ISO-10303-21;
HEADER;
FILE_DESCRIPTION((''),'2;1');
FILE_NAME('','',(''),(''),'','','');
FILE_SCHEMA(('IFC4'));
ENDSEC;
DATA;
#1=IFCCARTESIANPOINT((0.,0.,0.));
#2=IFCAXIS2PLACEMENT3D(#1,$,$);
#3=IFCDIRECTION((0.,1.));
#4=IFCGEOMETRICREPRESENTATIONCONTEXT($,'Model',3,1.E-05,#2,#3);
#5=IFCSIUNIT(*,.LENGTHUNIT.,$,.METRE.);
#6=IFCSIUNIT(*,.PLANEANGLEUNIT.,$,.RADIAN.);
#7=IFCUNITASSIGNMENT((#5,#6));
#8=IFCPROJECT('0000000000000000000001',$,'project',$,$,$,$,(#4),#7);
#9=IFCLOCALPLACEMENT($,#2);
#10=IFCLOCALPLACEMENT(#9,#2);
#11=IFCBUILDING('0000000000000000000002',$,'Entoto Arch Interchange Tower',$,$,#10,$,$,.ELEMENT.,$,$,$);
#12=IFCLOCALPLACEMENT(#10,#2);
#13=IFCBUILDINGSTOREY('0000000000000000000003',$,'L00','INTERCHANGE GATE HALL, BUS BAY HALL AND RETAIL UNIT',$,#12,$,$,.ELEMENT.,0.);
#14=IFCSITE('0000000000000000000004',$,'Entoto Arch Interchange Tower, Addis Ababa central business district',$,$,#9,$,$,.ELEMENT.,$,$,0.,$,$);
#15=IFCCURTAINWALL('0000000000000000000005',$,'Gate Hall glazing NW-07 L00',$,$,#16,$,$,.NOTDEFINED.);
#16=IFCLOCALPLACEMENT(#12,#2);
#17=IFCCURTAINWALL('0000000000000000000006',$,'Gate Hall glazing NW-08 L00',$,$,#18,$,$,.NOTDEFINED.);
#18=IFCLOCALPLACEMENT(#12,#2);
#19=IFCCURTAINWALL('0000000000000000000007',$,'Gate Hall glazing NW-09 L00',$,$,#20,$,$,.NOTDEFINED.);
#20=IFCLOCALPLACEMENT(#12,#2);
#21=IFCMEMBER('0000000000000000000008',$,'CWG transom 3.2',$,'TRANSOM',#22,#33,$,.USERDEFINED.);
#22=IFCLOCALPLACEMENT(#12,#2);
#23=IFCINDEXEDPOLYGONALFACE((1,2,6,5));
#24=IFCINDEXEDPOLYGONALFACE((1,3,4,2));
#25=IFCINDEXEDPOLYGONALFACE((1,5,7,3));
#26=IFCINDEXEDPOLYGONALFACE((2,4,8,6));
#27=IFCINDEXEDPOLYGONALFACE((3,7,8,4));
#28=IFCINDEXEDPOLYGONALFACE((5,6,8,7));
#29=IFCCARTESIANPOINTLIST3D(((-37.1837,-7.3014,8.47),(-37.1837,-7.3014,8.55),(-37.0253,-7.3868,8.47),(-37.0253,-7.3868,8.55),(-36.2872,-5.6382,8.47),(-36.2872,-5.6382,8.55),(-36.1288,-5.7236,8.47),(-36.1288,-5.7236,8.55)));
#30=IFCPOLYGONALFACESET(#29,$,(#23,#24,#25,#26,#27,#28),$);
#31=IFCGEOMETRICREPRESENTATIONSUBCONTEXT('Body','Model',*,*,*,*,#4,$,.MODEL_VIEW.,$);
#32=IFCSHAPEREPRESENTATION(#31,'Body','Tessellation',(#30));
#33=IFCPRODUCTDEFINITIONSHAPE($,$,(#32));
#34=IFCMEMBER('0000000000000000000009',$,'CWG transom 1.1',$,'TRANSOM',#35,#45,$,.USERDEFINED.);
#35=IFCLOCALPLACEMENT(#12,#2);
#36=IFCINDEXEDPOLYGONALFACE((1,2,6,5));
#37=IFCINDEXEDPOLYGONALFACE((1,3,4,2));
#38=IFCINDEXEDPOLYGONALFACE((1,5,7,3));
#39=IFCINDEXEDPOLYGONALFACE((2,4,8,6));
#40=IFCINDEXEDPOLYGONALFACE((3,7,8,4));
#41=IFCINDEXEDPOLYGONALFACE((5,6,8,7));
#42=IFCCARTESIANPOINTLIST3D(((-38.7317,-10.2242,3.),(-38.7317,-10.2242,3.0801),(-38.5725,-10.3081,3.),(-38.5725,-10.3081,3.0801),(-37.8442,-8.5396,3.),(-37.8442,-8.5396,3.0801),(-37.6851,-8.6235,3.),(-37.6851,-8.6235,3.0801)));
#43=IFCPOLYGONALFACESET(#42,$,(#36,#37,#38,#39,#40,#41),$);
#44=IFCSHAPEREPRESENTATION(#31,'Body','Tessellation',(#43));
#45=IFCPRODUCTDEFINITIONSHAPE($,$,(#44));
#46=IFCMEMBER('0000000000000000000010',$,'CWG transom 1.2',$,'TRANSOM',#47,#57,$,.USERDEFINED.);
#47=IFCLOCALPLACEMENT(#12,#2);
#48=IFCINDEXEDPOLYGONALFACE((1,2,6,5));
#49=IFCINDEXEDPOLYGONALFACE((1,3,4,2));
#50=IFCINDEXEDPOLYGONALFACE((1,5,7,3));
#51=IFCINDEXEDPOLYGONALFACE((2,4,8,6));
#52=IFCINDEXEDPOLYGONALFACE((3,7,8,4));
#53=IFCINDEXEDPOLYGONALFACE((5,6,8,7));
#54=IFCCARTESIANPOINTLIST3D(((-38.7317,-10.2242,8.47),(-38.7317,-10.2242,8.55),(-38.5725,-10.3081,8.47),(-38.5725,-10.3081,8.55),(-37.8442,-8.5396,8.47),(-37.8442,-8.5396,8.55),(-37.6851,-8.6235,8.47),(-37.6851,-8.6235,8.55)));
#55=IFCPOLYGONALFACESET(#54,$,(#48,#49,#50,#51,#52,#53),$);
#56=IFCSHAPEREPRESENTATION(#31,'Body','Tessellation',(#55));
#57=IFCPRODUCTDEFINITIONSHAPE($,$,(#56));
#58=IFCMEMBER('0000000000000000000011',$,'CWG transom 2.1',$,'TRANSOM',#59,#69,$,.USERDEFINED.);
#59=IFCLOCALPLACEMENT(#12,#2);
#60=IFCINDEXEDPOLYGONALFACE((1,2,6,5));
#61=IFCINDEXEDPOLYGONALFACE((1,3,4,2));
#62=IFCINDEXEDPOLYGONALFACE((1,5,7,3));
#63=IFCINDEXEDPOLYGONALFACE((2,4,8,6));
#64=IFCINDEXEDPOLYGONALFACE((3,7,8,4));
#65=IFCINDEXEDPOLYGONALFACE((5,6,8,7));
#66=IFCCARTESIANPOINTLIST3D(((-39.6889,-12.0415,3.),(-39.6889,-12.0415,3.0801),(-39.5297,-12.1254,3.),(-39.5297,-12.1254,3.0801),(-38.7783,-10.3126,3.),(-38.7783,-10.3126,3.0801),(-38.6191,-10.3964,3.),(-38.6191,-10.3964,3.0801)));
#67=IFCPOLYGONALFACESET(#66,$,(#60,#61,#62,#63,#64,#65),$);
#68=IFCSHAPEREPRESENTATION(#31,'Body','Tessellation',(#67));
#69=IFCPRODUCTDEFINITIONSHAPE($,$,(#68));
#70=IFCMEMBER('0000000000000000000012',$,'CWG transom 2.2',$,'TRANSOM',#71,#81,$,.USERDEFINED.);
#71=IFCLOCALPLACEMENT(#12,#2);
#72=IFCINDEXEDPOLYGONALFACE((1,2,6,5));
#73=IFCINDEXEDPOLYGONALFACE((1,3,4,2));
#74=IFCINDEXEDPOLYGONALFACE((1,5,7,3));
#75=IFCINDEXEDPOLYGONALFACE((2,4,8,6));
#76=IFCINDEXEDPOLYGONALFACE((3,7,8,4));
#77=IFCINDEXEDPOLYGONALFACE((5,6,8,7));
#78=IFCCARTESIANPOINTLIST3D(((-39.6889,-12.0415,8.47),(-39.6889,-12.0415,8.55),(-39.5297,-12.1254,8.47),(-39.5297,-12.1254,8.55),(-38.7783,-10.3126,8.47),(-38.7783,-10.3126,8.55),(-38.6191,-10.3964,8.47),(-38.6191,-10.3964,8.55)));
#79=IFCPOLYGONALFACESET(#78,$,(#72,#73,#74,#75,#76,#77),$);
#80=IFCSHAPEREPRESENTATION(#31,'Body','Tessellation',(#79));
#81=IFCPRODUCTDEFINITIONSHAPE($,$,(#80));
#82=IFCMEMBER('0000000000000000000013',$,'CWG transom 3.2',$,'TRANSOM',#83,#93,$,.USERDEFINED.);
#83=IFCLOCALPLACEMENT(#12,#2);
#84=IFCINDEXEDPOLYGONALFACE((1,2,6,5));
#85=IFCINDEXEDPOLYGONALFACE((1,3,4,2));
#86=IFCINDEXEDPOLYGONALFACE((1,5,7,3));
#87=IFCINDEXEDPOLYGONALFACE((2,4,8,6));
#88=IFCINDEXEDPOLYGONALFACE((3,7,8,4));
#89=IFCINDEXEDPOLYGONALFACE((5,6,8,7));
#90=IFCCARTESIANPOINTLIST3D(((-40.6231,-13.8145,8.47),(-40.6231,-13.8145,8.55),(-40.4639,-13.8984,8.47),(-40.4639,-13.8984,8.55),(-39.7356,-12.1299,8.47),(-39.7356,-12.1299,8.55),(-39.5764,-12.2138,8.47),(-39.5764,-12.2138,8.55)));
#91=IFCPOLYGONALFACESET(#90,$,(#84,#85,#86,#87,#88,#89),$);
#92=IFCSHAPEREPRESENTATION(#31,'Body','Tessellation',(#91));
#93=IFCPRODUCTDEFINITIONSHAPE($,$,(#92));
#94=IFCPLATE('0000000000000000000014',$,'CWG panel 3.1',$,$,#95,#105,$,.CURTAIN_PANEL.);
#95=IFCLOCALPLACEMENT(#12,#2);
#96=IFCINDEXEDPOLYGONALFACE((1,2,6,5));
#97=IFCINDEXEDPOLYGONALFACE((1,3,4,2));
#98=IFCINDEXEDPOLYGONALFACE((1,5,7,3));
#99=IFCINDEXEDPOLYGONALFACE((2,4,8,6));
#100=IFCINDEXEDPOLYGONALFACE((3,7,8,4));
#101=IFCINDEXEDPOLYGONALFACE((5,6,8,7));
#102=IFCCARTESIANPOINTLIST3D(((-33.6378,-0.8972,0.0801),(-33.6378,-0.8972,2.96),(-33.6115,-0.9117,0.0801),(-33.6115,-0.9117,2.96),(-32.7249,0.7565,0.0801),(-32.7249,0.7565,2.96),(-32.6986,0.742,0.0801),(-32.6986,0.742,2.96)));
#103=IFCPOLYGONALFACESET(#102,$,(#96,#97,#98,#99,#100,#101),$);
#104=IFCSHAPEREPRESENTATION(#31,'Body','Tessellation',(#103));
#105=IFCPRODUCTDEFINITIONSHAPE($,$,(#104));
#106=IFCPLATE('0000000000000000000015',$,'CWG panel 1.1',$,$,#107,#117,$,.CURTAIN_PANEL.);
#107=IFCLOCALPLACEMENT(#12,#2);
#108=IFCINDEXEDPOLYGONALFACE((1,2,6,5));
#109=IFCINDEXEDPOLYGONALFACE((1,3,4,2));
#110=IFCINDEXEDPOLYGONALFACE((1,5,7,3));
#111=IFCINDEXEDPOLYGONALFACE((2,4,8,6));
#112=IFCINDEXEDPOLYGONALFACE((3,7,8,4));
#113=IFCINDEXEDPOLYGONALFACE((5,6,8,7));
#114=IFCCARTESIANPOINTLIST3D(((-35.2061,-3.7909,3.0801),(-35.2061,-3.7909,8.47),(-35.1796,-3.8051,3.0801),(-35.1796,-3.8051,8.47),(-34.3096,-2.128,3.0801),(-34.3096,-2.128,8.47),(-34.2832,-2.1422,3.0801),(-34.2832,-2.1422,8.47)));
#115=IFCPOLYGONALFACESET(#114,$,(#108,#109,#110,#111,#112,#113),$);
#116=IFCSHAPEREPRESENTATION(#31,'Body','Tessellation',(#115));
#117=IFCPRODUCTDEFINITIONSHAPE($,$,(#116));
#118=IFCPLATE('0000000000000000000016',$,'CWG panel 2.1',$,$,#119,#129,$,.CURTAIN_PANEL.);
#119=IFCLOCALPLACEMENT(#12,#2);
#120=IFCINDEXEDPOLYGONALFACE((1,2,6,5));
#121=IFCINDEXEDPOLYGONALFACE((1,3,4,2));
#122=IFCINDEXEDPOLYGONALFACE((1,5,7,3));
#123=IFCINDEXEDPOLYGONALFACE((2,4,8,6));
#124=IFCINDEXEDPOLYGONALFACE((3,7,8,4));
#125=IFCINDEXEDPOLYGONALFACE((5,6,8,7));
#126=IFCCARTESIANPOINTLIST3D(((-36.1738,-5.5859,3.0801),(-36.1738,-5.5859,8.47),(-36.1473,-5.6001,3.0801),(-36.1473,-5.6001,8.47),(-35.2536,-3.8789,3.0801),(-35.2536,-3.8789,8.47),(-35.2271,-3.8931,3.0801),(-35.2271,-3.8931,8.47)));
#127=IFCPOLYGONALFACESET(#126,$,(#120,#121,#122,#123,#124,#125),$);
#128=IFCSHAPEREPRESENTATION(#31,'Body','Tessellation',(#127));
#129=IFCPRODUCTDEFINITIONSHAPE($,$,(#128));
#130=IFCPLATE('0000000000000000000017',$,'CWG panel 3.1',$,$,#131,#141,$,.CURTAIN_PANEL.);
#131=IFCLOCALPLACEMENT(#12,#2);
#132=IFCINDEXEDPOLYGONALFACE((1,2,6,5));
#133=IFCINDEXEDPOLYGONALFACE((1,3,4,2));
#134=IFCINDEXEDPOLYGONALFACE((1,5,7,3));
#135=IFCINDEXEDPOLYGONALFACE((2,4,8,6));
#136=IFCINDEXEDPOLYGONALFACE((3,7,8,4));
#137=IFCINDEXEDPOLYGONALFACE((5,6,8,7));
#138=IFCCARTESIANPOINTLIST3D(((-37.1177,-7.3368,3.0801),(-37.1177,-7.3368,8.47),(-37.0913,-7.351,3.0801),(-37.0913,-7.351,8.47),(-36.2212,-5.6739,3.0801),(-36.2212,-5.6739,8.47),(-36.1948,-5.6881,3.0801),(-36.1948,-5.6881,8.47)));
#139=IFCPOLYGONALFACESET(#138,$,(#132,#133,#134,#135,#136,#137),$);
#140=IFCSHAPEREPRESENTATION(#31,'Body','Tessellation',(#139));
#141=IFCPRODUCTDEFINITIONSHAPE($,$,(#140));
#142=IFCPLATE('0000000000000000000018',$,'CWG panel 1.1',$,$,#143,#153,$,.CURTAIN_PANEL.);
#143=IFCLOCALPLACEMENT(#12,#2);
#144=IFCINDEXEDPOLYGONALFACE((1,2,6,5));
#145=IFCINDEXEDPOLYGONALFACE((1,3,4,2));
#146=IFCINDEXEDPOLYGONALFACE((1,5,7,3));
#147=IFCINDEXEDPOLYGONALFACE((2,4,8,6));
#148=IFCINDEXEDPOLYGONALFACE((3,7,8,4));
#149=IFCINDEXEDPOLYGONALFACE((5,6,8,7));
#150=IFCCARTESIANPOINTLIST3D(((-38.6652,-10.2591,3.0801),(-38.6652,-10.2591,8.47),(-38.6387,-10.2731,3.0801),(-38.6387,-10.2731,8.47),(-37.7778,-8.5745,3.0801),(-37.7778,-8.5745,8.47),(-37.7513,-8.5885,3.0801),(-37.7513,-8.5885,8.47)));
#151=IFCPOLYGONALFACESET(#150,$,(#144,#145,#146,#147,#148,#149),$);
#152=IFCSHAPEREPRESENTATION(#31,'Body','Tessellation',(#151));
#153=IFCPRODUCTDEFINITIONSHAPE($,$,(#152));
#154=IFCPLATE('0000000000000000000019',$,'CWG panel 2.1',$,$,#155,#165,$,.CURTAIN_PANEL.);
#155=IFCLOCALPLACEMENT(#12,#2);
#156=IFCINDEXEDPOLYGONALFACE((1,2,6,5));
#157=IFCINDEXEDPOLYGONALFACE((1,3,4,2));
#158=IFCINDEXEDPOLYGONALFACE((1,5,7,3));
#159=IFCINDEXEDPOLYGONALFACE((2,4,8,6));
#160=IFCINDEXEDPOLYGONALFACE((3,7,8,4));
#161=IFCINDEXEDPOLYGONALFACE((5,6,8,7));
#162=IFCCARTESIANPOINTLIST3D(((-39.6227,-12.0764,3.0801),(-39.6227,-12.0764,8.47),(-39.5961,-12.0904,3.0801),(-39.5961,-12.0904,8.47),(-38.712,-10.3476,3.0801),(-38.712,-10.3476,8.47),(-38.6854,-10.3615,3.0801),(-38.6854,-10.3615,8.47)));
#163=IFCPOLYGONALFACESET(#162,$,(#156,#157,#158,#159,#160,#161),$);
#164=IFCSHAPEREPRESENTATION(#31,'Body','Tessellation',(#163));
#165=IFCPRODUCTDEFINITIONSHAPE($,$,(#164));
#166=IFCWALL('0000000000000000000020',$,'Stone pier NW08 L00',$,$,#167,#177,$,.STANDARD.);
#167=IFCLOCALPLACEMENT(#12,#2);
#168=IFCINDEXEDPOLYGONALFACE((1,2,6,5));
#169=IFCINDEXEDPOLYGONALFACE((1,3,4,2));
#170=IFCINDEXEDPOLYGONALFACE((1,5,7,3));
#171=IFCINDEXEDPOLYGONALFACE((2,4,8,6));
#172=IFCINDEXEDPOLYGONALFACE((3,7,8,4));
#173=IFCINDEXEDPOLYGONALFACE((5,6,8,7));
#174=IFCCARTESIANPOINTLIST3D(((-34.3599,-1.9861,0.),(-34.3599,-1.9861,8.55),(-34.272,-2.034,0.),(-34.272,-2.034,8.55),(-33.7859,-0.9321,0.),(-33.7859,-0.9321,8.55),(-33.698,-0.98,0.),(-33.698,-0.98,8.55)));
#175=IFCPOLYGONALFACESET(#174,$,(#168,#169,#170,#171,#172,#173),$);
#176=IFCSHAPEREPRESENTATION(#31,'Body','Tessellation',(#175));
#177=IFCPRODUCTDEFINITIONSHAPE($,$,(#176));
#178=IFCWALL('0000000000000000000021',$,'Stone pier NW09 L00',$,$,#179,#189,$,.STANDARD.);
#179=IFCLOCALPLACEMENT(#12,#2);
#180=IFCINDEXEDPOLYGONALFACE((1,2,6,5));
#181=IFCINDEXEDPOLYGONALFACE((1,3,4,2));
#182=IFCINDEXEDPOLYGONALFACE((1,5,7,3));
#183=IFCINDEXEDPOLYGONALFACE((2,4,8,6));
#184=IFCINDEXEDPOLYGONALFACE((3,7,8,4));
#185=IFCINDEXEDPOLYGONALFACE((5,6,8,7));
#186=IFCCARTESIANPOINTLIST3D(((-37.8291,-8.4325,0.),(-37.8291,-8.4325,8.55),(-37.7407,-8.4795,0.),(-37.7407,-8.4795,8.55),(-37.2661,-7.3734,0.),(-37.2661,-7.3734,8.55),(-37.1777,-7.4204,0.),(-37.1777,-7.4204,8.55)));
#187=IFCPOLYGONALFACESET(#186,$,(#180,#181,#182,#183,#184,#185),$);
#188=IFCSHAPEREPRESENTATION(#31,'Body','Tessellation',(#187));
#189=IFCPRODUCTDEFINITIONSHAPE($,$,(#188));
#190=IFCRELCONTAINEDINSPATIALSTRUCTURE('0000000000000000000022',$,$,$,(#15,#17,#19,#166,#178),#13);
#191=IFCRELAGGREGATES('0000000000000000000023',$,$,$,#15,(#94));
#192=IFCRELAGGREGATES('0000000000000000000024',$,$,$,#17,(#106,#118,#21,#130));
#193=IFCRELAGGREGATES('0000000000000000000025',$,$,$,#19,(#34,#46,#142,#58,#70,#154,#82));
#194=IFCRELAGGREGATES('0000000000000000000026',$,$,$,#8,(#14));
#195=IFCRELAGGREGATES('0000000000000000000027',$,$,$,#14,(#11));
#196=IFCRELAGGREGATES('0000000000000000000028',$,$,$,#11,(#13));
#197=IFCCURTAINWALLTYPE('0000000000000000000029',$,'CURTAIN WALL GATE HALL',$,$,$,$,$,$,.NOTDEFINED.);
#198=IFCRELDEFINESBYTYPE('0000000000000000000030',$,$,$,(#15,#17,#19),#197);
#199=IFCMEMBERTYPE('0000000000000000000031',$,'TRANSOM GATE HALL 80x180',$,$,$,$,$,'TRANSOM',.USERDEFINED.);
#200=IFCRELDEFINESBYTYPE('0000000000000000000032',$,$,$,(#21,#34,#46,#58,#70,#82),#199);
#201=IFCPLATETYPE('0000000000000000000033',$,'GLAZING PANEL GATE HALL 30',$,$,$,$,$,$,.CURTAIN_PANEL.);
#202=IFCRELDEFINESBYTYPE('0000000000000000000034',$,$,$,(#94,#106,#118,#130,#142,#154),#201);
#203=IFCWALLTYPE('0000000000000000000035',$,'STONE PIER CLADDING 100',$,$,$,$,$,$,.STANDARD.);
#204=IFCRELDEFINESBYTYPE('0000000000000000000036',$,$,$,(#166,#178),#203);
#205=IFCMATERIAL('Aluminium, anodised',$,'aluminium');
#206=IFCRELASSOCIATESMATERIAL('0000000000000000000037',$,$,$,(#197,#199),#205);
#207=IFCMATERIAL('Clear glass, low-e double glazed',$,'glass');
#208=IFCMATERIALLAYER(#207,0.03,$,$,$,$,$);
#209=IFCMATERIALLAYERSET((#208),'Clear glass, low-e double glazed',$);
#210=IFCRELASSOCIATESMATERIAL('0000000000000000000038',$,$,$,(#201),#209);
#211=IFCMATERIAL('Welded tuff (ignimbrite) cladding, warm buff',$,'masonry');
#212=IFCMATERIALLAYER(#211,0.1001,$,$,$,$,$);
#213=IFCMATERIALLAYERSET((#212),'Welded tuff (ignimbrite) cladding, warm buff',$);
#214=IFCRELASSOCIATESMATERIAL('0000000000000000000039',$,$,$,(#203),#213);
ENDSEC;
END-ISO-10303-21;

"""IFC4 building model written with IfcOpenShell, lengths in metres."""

from ifc_helpers import new_model, si_unit, direction, frame, frame_2d, origin, origin_2d, place, context, subcontext, project, spatial, rectangle, extrude, material, layer, layer_set, material_profile, profile_set, type_object, element, aggregate, save


model = new_model("IFC4")

# Units and contexts
model_context = context("Model", 3, precision=1e-05, world=origin(), true_north=direction((0.0, 1.0)))
body_context = subcontext(model_context, "Body", "Model", "MODEL_VIEW")
ifc_project = project(units=[si_unit("LENGTHUNIT", "METRE"), si_unit("PLANEANGLEUNIT", "RADIAN")], contexts=[model_context])

# Site, building, storey
site_placement = place(None, origin())
site = spatial("IfcSite", under=ifc_project, at=site_placement, Name="Entoto Arch Interchange Tower, Addis Ababa central business district", CompositionType="ELEMENT", RefElevation=0.0)
building_placement = place(site_placement, origin())
building = spatial("IfcBuilding", under=site, at=building_placement, Name="Entoto Arch Interchange Tower", CompositionType="ELEMENT")
storey_placement = place(building_placement, origin())
storey = spatial("IfcBuildingStorey", under=building, at=storey_placement, Name="L00", Description="INTERCHANGE GATE HALL, BUS BAY HALL AND RETAIL UNIT", CompositionType="ELEMENT", Elevation=0.0)

# Curtain wall
ifc_material_1 = material(Name="Aluminium, anodised", Category="aluminium")
curtain_wall_type = type_object("IfcCurtainWallType", Name="CURTAIN WALL GATE HALL", PredefinedType="NOTDEFINED", material=ifc_material_1)
curtain_wall_1_placement = place(storey_placement, origin())
curtain_wall_1 = element("IfcCurtainWall", 1, at=curtain_wall_1_placement, inside=storey, type_object=curtain_wall_type, Name="Gate Hall glazing NW-07 L00", PredefinedType="NOTDEFINED")

# Curtain walls
curtain_wall_2_placement = place(storey_placement, origin())
curtain_wall_2 = element("IfcCurtainWall", 2, at=curtain_wall_2_placement, inside=storey, type_object=curtain_wall_type, Name="Gate Hall glazing NW-08 L00", PredefinedType="NOTDEFINED")
curtain_wall_3_placement = place(storey_placement, origin())
curtain_wall_3 = element("IfcCurtainWall", 3, at=curtain_wall_3_placement, inside=storey, type_object=curtain_wall_type, Name="Gate Hall glazing NW-09 L00", PredefinedType="NOTDEFINED")

# Members
ifc_material_profile_1 = material_profile(ifc_material_1, rectangle(XDim=0.1799, YDim=0.0801, at=origin_2d()))
ifc_profile_set_1 = profile_set([ifc_material_profile_1], Name="Aluminium, anodised")
member_type_1 = type_object("IfcMemberType", Name="TRANSOM GATE HALL 80x180", ElementType="TRANSOM", PredefinedType="USERDEFINED", material=ifc_profile_set_1)
member_1_placement = place(storey_placement, frame((-36.208, -5.6809, 8.51), z_axis=(-0.4745, -0.880255, 0.0), x_axis=(0.880255, -0.4745, 0.0)))
member_1 = element("IfcMember", 4, at=member_1_placement, type_object=member_type_1, Name="CWG transom 3.2", ObjectType="TRANSOM", PredefinedType="USERDEFINED", context=body_context, shape_type="SweptSolid", body=[
    extrude(rectangle(XDim=0.1799, YDim=0.0801, at=origin_2d()), origin(), (0.0, 0.0, 1.0), 1.8894),
])
member_2_placement = place(storey_placement, frame((-37.7646, -8.5815, 3.04), z_axis=(-0.46609, -0.884737, 0.0), x_axis=(0.884737, -0.46609, 0.0)))
member_2 = element("IfcMember", 5, at=member_2_placement, type_object=member_type_1, Name="CWG transom 1.1", ObjectType="TRANSOM", PredefinedType="USERDEFINED", context=body_context, shape_type="SweptSolid", body=[
    extrude(rectangle(XDim=0.1799, YDim=0.0801, at=origin_2d()), origin(), (0.0, 0.0, 1.0), 1.9041),
])
member_3_placement = place(storey_placement, frame((-37.7646, -8.5815, 8.51), z_axis=(-0.46609, -0.884737, 0.0), x_axis=(0.884737, -0.46609, 0.0)))
member_3 = element("IfcMember", 6, at=member_3_placement, type_object=member_type_1, Name="CWG transom 1.2", ObjectType="TRANSOM", PredefinedType="USERDEFINED", context=body_context, shape_type="SweptSolid", body=[
    extrude(rectangle(XDim=0.1799, YDim=0.0801, at=origin_2d()), origin(), (0.0, 0.0, 1.0), 1.9041),
])
member_4_placement = place(storey_placement, frame((-38.6987, -10.3545, 3.04), z_axis=(-0.466004, -0.884783, 0.0), x_axis=(0.884783, -0.466004, 0.0)))
member_4 = element("IfcMember", 7, at=member_4_placement, type_object=member_type_1, Name="CWG transom 2.1", ObjectType="TRANSOM", PredefinedType="USERDEFINED", context=body_context, shape_type="SweptSolid", body=[
    extrude(rectangle(XDim=0.1799, YDim=0.0801, at=origin_2d()), origin(), (0.0, 0.0, 1.0), 1.9541),
])
member_5_placement = place(storey_placement, frame((-38.6987, -10.3545, 8.51), z_axis=(-0.466004, -0.884783, 0.0), x_axis=(0.884783, -0.466004, 0.0)))
member_5 = element("IfcMember", 8, at=member_5_placement, type_object=member_type_1, Name="CWG transom 2.2", ObjectType="TRANSOM", PredefinedType="USERDEFINED", context=body_context, shape_type="SweptSolid", body=[
    extrude(rectangle(XDim=0.1799, YDim=0.0801, at=origin_2d()), origin(), (0.0, 0.0, 1.0), 1.9541),
])
member_6_placement = place(storey_placement, frame((-39.656, -12.1719, 8.51), z_axis=(-0.46609, -0.884737, 0.0), x_axis=(0.884737, -0.46609, 0.0)))
member_6 = element("IfcMember", 9, at=member_6_placement, type_object=member_type_1, Name="CWG transom 3.2", ObjectType="TRANSOM", PredefinedType="USERDEFINED", context=body_context, shape_type="SweptSolid", body=[
    extrude(rectangle(XDim=0.1799, YDim=0.0801, at=origin_2d()), origin(), (0.0, 0.0, 1.0), 1.9041),
])

# Plates
ifc_material_2 = material(Name="Clear glass, low-e double glazed", Category="glass")
ifc_layer_1 = layer(ifc_material_2, 0.03)
ifc_layer_set_1 = layer_set([ifc_layer_1], Name="Clear glass, low-e double glazed")
plate_type = type_object("IfcPlateType", Name="GLAZING PANEL GATE HALL 30", PredefinedType="CURTAIN_PANEL", material=ifc_layer_set_1)
plate_1_placement = place(storey_placement, frame((-33.1682, -0.0776, 0.0801), z_axis=(0.0, 0.0, 1.0), x_axis=(-0.483267, -0.875473, 0.0)))
plate_1 = element("IfcPlate", 10, at=plate_1_placement, type_object=plate_type, Name="CWG panel 3.1", PredefinedType="CURTAIN_PANEL", context=body_context, shape_type="SweptSolid", body=[
    extrude(rectangle(XDim=1.8889, YDim=0.03, at=origin_2d()), origin(), (0.0, 0.0, 1.0), 2.8799),
])
aggregate(curtain_wall_1, [plate_1])
plate_2_placement = place(storey_placement, frame((-34.7446, -2.9666, 3.0801), z_axis=(0.0, 0.0, 1.0), x_axis=(-0.474529, -0.88024, 0.0)))
plate_2 = element("IfcPlate", 11, at=plate_2_placement, type_object=plate_type, Name="CWG panel 1.1", PredefinedType="CURTAIN_PANEL", context=body_context, shape_type="SweptSolid", body=[
    extrude(rectangle(XDim=1.8892, YDim=0.03, at=origin_2d()), origin(), (0.0, 0.0, 1.0), 5.3899),
])
plate_3_placement = place(storey_placement, frame((-35.7004, -4.7395, 3.0801), z_axis=(0.0, 0.0, 1.0), x_axis=(-0.474529, -0.88024, 0.0)))
plate_3 = element("IfcPlate", 12, at=plate_3_placement, type_object=plate_type, Name="CWG panel 2.1", PredefinedType="CURTAIN_PANEL", context=body_context, shape_type="SweptSolid", body=[
    extrude(rectangle(XDim=1.9392, YDim=0.03, at=origin_2d()), origin(), (0.0, 0.0, 1.0), 5.3899),
])
plate_4_placement = place(storey_placement, frame((-36.6562, -6.5125, 3.0801), z_axis=(0.0, 0.0, 1.0), x_axis=(-0.474529, -0.88024, 0.0)))
plate_4 = element("IfcPlate", 13, at=plate_4_placement, type_object=plate_type, Name="CWG panel 3.1", PredefinedType="CURTAIN_PANEL", context=body_context, shape_type="SweptSolid", body=[
    extrude(rectangle(XDim=1.8892, YDim=0.03, at=origin_2d()), origin(), (0.0, 0.0, 1.0), 5.3899),
])
aggregate(curtain_wall_2, [plate_2, plate_3, member_1, plate_4])
plate_5_placement = place(storey_placement, frame((-38.2083, -9.4238, 3.0801), z_axis=(0.0, 0.0, 1.0), x_axis=(-0.466067, -0.884749, 0.0)))
plate_5 = element("IfcPlate", 14, at=plate_5_placement, type_object=plate_type, Name="CWG panel 1.1", PredefinedType="CURTAIN_PANEL", context=body_context, shape_type="SweptSolid", body=[
    extrude(rectangle(XDim=1.9041, YDim=0.03, at=origin_2d()), origin(), (0.0, 0.0, 1.0), 5.3899),
])
plate_6_placement = place(storey_placement, frame((-39.1541, -11.219, 3.0801), z_axis=(0.0, 0.0, 1.0), x_axis=(-0.466067, -0.884749, 0.0)))
plate_6 = element("IfcPlate", 15, at=plate_6_placement, type_object=plate_type, Name="CWG panel 2.1", PredefinedType="CURTAIN_PANEL", context=body_context, shape_type="SweptSolid", body=[
    extrude(rectangle(XDim=1.9541, YDim=0.03, at=origin_2d()), origin(), (0.0, 0.0, 1.0), 5.3899),
])
aggregate(curtain_wall_3, [member_2, member_3, plate_5, member_4, member_5, plate_6, member_6])

# Shared definitions
ifc_material_3 = material(Name="Welded tuff (ignimbrite) cladding, warm buff", Category="masonry")

# Walls
ifc_layer_2 = layer(ifc_material_3, 0.1001)
ifc_layer_set_2 = layer_set([ifc_layer_2], Name="Welded tuff (ignimbrite) cladding, warm buff")
wall_type_1 = type_object("IfcWallType", Name="STONE PIER CLADDING 100", PredefinedType="STANDARD", material=ifc_layer_set_2)
wall_1_placement = place(storey_placement, frame((-33.7419, -0.9561, 0.0), z_axis=(0.0, 0.0, 1.0), x_axis=(-0.478268, -0.878214, 0.0)))
element("IfcWall", 16, at=wall_1_placement, inside=storey, type_object=wall_type_1, Name="Stone pier NW08 L00", PredefinedType="STANDARD", context=body_context, shape_type="SweptSolid", body=[
    extrude(rectangle(XDim=1.2002, YDim=0.1001, at=frame_2d((0.6001, 0.0))), origin(), (0.0, 0.0, 1.0), 8.55),
])
wall_2_placement = place(storey_placement, frame((-37.2219, -7.397, 0.0), z_axis=(0.0, 0.0, 1.0), x_axis=(-0.469383, -0.882994, 0.0)))
element("IfcWall", 17, at=wall_2_placement, inside=storey, type_object=wall_type_1, Name="Stone pier NW09 L00", PredefinedType="STANDARD", context=body_context, shape_type="SweptSolid", body=[
    extrude(rectangle(XDim=1.1995, YDim=0.1001, at=frame_2d((0.5996, 0.0))), origin(), (0.0, 0.0, 1.0), 8.55),
])

save(model, "model.ifc")
